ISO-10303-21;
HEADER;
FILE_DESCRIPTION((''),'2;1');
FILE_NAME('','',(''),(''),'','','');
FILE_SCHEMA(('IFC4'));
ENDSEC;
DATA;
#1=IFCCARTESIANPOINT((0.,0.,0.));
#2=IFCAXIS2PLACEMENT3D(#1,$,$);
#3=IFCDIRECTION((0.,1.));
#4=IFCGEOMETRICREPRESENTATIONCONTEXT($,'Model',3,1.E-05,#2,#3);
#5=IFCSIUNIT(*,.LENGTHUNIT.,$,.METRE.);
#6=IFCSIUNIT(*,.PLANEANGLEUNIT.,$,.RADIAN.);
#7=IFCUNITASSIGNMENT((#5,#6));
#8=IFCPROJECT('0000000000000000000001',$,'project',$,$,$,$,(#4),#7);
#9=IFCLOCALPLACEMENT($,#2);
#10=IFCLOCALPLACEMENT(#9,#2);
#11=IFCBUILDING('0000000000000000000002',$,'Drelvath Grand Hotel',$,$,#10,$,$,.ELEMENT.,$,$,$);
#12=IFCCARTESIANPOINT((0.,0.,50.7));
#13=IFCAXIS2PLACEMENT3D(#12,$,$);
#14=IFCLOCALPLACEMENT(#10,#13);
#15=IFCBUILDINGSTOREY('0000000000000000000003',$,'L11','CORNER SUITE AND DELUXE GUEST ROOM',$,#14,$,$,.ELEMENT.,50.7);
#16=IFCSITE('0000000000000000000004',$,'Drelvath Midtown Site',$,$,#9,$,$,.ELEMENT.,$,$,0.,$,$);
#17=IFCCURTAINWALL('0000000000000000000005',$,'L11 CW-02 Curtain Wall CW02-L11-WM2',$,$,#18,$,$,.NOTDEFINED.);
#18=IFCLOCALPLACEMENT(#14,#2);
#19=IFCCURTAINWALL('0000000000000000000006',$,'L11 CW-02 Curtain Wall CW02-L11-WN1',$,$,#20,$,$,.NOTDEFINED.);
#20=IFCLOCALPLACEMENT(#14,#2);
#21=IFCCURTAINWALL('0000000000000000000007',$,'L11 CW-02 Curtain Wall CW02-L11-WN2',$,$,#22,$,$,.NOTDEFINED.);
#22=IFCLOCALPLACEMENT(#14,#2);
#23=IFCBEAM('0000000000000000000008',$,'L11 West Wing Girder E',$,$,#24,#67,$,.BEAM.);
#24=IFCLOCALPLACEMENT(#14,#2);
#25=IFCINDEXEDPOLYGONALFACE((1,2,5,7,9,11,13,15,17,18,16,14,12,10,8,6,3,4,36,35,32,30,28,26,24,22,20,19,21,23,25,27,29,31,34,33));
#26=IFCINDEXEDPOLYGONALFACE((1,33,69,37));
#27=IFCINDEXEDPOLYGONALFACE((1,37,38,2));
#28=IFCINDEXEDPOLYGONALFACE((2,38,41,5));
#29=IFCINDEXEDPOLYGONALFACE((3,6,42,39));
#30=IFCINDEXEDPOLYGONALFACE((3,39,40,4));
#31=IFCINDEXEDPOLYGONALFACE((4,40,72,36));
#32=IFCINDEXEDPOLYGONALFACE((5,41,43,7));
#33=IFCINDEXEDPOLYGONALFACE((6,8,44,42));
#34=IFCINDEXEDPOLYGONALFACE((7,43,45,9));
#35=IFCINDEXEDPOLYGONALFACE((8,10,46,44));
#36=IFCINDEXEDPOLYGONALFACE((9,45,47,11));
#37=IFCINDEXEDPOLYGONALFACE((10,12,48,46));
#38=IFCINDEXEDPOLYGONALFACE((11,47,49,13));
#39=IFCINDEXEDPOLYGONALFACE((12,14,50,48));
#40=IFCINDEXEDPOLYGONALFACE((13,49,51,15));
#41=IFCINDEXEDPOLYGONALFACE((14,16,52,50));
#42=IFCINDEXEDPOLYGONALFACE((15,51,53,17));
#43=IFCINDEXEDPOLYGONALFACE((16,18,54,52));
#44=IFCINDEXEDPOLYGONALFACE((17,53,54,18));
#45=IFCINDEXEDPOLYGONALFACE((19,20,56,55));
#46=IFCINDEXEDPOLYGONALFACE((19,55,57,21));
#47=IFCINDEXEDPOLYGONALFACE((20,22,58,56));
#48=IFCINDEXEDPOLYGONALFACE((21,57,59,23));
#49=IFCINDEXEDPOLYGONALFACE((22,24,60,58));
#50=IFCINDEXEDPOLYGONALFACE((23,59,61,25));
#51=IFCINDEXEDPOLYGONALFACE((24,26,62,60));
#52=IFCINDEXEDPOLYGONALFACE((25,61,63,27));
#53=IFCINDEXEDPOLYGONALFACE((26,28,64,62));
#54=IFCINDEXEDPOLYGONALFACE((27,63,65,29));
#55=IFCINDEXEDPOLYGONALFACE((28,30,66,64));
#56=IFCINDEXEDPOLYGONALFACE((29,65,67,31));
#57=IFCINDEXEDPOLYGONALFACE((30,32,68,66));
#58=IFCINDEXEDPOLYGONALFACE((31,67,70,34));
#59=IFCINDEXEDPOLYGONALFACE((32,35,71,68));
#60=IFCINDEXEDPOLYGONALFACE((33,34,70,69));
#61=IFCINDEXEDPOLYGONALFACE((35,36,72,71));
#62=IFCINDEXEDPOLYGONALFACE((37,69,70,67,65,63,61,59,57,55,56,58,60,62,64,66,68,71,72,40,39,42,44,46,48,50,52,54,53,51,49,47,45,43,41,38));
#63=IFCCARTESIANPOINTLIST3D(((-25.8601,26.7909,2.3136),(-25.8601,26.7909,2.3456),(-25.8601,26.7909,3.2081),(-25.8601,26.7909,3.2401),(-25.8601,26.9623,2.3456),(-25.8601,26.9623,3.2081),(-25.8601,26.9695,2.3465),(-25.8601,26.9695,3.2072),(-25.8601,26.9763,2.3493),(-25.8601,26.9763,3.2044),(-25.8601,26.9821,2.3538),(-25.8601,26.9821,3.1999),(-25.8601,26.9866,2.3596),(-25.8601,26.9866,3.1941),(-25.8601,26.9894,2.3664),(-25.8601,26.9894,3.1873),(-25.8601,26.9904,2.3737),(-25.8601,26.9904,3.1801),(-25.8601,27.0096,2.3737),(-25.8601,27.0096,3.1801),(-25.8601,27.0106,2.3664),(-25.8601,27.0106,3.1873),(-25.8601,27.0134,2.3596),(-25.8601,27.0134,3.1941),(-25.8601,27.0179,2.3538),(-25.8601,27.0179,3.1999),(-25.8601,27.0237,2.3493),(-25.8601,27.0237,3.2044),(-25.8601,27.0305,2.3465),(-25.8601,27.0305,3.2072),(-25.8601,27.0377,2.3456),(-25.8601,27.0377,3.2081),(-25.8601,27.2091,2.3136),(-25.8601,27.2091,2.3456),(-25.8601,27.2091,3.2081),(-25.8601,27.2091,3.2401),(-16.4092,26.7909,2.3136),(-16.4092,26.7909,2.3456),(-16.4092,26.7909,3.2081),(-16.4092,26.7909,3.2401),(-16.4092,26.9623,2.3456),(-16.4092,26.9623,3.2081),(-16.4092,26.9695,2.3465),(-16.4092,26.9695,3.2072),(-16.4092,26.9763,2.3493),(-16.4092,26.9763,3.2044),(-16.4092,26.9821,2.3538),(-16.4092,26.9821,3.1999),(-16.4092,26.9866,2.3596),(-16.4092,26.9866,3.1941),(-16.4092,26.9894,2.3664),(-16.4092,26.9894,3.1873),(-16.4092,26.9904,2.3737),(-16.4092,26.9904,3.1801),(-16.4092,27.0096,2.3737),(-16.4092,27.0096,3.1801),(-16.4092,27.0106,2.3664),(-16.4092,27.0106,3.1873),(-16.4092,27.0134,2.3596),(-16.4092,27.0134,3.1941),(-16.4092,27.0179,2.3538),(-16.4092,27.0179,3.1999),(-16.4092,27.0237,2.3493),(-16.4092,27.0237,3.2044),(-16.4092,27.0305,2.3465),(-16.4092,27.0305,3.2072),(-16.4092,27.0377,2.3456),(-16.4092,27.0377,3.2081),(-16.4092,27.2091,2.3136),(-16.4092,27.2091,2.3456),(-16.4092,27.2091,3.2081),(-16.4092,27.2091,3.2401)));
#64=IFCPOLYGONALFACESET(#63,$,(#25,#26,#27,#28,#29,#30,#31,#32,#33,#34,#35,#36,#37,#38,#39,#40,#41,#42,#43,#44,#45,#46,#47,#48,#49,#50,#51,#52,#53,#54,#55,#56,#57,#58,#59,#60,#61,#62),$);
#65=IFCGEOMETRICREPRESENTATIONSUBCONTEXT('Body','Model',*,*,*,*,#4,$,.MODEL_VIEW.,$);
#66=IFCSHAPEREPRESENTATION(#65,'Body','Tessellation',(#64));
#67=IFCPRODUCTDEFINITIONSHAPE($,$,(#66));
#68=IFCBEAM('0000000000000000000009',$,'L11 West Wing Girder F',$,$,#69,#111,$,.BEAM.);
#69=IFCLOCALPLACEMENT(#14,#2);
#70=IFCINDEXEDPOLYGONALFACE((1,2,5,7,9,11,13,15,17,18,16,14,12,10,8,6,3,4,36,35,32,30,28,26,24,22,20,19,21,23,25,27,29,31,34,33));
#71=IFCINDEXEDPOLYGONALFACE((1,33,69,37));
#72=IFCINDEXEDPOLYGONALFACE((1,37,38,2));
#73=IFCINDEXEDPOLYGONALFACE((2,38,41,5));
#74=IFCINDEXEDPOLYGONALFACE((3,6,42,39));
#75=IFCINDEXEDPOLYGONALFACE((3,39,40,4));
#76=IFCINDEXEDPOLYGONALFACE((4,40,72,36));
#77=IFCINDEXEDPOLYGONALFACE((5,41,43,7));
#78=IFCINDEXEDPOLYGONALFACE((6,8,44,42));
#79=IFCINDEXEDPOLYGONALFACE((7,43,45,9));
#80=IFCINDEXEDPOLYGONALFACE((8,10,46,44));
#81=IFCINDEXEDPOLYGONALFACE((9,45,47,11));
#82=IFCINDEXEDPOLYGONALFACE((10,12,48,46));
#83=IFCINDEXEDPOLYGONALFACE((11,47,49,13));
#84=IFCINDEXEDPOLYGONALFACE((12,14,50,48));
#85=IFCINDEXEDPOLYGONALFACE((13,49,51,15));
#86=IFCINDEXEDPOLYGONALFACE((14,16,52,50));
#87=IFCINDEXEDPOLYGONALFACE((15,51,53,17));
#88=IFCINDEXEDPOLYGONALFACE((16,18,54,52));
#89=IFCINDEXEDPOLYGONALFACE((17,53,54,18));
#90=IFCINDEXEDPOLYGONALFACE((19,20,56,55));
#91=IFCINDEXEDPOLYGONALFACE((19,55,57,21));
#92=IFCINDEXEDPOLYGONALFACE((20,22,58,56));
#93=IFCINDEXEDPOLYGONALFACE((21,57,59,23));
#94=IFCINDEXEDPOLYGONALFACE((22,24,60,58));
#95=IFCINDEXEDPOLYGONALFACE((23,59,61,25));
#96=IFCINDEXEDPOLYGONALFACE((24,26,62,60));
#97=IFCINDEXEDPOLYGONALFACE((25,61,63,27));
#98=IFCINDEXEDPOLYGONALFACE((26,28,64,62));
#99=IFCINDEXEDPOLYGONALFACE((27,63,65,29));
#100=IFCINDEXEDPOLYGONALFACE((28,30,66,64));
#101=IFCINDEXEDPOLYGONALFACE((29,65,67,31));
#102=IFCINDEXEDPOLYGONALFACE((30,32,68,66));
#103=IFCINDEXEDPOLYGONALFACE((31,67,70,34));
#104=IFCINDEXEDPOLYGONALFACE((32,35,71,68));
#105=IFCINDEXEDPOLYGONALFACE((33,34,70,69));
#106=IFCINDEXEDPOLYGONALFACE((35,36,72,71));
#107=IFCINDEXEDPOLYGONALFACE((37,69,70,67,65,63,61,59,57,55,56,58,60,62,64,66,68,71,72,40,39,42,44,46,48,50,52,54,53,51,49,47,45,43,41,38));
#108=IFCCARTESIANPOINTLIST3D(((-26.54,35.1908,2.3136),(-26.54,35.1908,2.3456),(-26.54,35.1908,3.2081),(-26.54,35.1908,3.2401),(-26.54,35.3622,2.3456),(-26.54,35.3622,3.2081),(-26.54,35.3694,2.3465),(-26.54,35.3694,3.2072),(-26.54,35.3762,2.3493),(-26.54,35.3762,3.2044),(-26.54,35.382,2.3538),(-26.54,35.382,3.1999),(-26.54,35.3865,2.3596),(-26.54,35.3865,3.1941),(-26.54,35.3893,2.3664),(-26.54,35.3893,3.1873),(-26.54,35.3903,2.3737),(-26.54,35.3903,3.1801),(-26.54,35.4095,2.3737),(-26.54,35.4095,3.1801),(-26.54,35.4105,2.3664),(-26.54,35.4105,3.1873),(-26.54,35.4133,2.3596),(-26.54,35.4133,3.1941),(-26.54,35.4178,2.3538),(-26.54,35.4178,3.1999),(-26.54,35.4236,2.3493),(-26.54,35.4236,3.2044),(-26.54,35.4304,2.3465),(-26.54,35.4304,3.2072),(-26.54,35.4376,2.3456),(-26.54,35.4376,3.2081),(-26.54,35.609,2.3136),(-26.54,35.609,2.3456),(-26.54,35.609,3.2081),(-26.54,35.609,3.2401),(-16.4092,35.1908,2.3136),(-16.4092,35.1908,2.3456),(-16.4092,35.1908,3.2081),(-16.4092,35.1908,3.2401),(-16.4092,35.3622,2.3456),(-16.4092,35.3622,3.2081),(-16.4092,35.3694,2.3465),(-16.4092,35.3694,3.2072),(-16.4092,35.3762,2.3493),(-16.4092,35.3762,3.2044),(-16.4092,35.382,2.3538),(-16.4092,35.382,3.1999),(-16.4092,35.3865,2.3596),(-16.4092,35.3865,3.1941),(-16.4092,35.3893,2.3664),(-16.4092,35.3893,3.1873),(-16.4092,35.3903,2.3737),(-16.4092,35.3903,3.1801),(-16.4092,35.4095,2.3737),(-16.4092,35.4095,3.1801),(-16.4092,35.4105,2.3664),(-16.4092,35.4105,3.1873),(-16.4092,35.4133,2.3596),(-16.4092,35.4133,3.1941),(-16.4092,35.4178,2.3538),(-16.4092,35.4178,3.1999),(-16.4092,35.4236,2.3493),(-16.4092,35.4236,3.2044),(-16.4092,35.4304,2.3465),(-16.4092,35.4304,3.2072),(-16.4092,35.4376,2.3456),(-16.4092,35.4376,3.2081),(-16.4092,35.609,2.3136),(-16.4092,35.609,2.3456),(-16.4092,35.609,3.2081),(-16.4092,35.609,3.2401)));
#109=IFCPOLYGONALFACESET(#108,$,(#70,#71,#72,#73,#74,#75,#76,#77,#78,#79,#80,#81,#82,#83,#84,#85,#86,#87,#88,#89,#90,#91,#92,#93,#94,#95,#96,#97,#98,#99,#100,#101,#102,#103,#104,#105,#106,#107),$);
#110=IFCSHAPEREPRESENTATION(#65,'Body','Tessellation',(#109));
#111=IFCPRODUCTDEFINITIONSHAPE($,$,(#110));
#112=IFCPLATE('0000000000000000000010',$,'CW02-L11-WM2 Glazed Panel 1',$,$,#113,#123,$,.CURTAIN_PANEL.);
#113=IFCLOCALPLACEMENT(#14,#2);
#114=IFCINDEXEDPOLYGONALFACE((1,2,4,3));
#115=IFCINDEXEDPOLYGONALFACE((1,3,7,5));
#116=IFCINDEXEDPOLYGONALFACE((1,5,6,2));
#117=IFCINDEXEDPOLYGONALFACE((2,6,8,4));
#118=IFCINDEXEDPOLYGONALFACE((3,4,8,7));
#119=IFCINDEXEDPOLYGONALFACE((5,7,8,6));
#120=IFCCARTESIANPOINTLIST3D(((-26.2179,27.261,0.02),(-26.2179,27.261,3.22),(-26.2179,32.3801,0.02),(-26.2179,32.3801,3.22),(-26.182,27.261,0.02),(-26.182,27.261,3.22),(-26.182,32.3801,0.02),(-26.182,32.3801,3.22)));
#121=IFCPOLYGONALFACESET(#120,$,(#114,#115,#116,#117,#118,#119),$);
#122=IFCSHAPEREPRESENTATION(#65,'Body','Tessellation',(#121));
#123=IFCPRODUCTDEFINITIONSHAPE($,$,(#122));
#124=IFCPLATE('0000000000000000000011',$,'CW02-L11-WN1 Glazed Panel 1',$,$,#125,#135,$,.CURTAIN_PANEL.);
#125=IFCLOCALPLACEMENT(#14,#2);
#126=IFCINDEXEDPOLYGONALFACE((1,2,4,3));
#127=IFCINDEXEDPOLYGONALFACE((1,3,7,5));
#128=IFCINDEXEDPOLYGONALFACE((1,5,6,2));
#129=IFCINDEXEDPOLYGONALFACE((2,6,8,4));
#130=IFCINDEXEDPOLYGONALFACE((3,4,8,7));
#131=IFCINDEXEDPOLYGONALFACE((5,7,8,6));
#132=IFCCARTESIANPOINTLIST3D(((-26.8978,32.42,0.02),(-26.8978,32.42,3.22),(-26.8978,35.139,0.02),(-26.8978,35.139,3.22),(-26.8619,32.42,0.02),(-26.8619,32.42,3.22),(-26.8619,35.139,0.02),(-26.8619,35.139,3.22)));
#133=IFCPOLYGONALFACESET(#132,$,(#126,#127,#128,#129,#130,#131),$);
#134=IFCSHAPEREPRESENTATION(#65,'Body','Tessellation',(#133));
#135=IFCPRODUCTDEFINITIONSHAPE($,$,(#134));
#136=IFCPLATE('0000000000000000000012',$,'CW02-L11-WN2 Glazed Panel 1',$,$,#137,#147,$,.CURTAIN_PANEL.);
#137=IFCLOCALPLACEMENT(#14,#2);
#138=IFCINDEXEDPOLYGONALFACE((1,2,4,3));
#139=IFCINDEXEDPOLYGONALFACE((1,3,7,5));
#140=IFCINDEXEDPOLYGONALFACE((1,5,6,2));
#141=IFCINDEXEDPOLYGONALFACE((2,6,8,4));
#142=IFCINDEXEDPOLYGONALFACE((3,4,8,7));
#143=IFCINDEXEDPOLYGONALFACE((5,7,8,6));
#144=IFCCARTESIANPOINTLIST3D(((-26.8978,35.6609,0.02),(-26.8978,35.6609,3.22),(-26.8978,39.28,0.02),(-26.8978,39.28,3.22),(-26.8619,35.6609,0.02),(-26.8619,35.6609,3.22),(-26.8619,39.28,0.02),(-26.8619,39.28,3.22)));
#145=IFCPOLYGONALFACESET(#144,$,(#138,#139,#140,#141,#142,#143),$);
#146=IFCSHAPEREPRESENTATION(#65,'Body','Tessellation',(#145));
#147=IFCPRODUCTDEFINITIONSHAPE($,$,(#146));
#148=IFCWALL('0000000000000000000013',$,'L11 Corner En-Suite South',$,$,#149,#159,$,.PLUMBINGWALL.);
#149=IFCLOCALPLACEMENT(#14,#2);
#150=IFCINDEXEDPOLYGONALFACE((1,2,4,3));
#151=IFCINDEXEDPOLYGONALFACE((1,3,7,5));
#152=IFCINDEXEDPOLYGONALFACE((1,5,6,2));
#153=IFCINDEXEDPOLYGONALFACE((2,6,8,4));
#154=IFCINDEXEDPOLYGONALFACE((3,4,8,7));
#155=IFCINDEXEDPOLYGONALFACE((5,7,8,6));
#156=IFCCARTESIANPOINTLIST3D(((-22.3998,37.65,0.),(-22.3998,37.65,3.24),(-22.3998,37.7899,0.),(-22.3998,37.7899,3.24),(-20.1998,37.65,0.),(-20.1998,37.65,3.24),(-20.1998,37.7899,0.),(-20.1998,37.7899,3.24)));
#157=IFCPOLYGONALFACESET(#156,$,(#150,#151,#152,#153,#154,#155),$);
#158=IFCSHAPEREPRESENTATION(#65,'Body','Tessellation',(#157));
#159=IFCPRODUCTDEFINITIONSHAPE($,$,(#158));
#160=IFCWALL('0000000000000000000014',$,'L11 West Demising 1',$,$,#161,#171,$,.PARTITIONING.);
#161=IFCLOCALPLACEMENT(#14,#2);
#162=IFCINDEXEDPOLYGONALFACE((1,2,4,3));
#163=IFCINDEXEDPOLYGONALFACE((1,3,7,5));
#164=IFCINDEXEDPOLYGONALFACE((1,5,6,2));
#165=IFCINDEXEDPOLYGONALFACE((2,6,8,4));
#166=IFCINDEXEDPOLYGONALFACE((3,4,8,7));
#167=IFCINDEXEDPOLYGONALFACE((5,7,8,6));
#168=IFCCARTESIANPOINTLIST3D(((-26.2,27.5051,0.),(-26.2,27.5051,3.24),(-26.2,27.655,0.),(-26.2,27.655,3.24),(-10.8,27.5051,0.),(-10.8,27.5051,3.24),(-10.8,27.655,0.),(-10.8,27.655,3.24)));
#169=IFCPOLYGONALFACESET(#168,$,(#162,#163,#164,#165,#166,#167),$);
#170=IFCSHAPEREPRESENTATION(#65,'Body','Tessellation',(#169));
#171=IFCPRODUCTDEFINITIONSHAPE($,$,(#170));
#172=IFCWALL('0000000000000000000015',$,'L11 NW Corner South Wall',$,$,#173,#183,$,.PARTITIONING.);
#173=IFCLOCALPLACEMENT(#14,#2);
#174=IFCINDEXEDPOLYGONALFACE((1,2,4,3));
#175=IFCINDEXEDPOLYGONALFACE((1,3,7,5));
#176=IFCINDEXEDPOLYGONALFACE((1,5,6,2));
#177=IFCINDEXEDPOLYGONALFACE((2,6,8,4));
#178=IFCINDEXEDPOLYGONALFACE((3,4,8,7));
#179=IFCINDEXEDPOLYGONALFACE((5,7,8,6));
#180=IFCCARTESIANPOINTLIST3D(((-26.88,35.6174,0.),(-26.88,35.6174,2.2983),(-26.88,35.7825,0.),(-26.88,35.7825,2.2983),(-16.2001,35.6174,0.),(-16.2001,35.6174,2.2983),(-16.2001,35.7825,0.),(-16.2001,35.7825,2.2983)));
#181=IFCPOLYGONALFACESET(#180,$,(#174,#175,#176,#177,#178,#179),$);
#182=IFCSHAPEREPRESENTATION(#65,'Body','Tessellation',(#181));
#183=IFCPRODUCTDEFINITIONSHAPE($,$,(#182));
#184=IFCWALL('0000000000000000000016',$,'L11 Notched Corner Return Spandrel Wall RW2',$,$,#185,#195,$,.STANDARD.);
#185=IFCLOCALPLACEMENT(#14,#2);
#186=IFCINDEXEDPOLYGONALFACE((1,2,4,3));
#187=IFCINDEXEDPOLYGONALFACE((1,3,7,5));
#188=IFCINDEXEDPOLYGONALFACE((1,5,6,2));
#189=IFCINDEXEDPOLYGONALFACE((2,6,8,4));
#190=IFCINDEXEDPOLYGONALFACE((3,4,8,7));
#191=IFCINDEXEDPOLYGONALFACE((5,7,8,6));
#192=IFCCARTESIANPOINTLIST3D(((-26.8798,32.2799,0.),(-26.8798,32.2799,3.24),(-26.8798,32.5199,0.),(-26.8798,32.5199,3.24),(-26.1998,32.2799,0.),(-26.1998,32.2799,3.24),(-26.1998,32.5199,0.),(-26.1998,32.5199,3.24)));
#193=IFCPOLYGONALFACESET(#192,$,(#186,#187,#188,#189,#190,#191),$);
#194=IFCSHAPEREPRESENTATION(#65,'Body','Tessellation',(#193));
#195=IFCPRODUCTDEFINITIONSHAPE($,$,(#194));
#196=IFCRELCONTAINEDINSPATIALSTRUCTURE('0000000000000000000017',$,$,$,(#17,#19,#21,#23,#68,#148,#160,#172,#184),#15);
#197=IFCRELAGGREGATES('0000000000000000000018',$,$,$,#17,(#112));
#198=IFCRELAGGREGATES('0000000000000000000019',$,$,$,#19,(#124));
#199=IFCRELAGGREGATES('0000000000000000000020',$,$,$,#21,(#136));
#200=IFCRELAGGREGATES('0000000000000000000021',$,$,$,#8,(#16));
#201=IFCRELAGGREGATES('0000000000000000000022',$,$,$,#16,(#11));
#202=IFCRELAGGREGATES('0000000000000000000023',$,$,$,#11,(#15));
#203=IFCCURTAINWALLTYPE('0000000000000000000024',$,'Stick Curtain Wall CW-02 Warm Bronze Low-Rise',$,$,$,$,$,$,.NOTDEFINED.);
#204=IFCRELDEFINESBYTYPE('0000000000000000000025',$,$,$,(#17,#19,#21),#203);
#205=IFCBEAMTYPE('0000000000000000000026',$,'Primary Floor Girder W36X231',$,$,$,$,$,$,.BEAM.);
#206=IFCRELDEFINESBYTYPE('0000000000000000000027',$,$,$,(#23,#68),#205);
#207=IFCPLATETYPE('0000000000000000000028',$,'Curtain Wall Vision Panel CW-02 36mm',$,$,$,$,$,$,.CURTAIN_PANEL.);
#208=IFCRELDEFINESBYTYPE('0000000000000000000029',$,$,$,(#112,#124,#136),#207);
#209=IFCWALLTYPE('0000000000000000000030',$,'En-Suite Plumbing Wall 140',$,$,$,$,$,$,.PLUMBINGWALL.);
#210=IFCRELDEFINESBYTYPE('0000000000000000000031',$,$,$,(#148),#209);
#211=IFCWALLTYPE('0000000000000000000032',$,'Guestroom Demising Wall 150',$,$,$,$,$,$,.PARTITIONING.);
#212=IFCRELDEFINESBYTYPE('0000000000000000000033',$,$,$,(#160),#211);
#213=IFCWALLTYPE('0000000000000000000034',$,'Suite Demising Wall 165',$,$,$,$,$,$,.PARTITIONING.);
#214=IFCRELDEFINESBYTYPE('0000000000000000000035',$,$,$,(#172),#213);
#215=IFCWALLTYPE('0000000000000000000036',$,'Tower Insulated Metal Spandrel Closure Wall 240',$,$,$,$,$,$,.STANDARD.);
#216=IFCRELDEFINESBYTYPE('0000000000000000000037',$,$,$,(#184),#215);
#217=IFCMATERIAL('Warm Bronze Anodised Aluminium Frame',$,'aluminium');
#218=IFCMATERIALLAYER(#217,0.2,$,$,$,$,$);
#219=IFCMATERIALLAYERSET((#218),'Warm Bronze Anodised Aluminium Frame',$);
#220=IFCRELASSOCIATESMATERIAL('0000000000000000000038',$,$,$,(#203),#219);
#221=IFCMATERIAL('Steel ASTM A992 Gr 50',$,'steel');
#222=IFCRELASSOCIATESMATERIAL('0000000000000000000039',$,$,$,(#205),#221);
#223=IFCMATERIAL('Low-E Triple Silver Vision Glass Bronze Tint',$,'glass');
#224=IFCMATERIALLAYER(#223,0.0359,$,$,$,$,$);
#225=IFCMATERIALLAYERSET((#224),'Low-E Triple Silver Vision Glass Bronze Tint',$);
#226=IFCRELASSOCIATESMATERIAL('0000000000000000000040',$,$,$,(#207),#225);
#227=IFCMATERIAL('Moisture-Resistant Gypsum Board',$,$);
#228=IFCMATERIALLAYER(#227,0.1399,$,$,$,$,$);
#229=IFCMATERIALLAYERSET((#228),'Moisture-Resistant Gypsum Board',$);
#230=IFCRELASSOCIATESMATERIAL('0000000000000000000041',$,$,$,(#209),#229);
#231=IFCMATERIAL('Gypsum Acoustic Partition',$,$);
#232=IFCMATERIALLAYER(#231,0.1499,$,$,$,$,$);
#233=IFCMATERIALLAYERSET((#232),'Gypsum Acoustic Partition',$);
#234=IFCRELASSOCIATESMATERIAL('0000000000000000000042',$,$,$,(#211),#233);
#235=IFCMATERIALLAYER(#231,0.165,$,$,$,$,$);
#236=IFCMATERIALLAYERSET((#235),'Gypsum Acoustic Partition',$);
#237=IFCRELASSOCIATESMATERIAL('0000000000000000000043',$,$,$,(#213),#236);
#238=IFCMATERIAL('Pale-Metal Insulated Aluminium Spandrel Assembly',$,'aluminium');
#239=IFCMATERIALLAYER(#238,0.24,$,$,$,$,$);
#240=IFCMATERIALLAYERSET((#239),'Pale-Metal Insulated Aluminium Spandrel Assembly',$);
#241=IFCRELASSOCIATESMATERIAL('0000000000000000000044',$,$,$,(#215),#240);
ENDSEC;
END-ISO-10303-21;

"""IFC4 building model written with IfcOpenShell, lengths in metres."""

from ifc_helpers import new_model, si_unit, direction, frame, frame_2d, origin, origin_2d, place, context, subcontext, project, spatial, rectangle, i_section, extrude, material, layer, layer_set, material_profile, profile_set, type_object, element, aggregate, save


model = new_model("IFC4")

# Units and contexts
model_context = context("Model", 3, precision=1e-05, world=origin(), true_north=direction((0.0, 1.0)))
body_context = subcontext(model_context, "Body", "Model", "MODEL_VIEW")
ifc_project = project(units=[si_unit("LENGTHUNIT", "METRE"), si_unit("PLANEANGLEUNIT", "RADIAN")], contexts=[model_context])

# Site, building, storey
site_placement = place(None, origin())
site = spatial("IfcSite", under=ifc_project, at=site_placement, Name="Drelvath Midtown Site", CompositionType="ELEMENT", RefElevation=0.0)
building_placement = place(site_placement, origin())
building = spatial("IfcBuilding", under=site, at=building_placement, Name="Drelvath Grand Hotel", CompositionType="ELEMENT")
storey_placement = place(building_placement, frame((0.0, 0.0, 50.7)))
storey = spatial("IfcBuildingStorey", under=building, at=storey_placement, Name="L11", Description="CORNER SUITE AND DELUXE GUEST ROOM", CompositionType="ELEMENT", Elevation=50.7)

# Curtain walls
ifc_material_1 = material(Name="Warm Bronze Anodised Aluminium Frame", Category="aluminium")
ifc_layer_1 = layer(ifc_material_1, 0.2)
ifc_layer_set_1 = layer_set([ifc_layer_1], Name="Warm Bronze Anodised Aluminium Frame")
curtain_wall_type = type_object("IfcCurtainWallType", Name="Stick Curtain Wall CW-02 Warm Bronze Low-Rise", PredefinedType="NOTDEFINED", material=ifc_layer_set_1)
curtain_wall_1_placement = place(storey_placement, origin())
curtain_wall_1 = element("IfcCurtainWall", 1, at=curtain_wall_1_placement, inside=storey, type_object=curtain_wall_type, Name="L11 CW-02 Curtain Wall CW02-L11-WM2", PredefinedType="NOTDEFINED")
curtain_wall_2_placement = place(storey_placement, origin())
curtain_wall_2 = element("IfcCurtainWall", 2, at=curtain_wall_2_placement, inside=storey, type_object=curtain_wall_type, Name="L11 CW-02 Curtain Wall CW02-L11-WN1", PredefinedType="NOTDEFINED")
curtain_wall_3_placement = place(storey_placement, origin())
curtain_wall_3 = element("IfcCurtainWall", 3, at=curtain_wall_3_placement, inside=storey, type_object=curtain_wall_type, Name="L11 CW-02 Curtain Wall CW02-L11-WN2", PredefinedType="NOTDEFINED")

# Beams
ifc_material_2 = material(Name="Steel ASTM A992 Gr 50", Category="steel")
ifc_material_profile_1 = material_profile(ifc_material_2, i_section(OverallWidth=0.4182, OverallDepth=0.9265, WebThickness=0.0193, FlangeThickness=0.032, FilletRadius=0.0281, at=origin_2d()), Name="W36X231")
ifc_profile_set_1 = profile_set([ifc_material_profile_1], Name="Steel ASTM A992 Gr 50")
beam_type_1 = type_object("IfcBeamType", Name="Primary Floor Girder W36X231", PredefinedType="BEAM", material=ifc_profile_set_1)
beam_1_placement = place(storey_placement, frame((-25.8601, 27.0, 2.7769), z_axis=(1.0, 0.0, 0.0), x_axis=(0.0, 1.0, 0.0)))
element("IfcBeam", 4, at=beam_1_placement, inside=storey, type_object=beam_type_1, Name="L11 West Wing Girder E", PredefinedType="BEAM", context=body_context, shape_type="SweptSolid", body=[
    extrude(i_section(OverallWidth=0.4182, OverallDepth=0.9265, WebThickness=0.0193, FlangeThickness=0.032, FilletRadius=0.0281, at=origin_2d()), origin(), (0.0, 0.0, 1.0), 9.4509),
])
beam_2_placement = place(storey_placement, frame((-26.54, 35.3999, 2.7769), z_axis=(1.0, 0.0, 0.0), x_axis=(0.0, 1.0, 0.0)))
element("IfcBeam", 5, at=beam_2_placement, inside=storey, type_object=beam_type_1, Name="L11 West Wing Girder F", PredefinedType="BEAM", context=body_context, shape_type="SweptSolid", body=[
    extrude(i_section(OverallWidth=0.4182, OverallDepth=0.9265, WebThickness=0.0193, FlangeThickness=0.032, FilletRadius=0.0281, at=origin_2d()), origin(), (0.0, 0.0, 1.0), 10.1309),
])

# Plates
ifc_material_3 = material(Name="Low-E Triple Silver Vision Glass Bronze Tint", Category="glass")
ifc_layer_2 = layer(ifc_material_3, 0.0359)
ifc_layer_set_2 = layer_set([ifc_layer_2], Name="Low-E Triple Silver Vision Glass Bronze Tint")
plate_type = type_object("IfcPlateType", Name="Curtain Wall Vision Panel CW-02 36mm", PredefinedType="CURTAIN_PANEL", material=ifc_layer_set_2)
plate_1_placement = place(storey_placement, frame((-26.2, 29.8206, 0.02), z_axis=(0.0, 0.0, 1.0), x_axis=(0.0, 1.0, 0.0)))
plate_1 = element("IfcPlate", 6, at=plate_1_placement, type_object=plate_type, Name="CW02-L11-WM2 Glazed Panel 1", PredefinedType="CURTAIN_PANEL", context=body_context, shape_type="SweptSolid", body=[
    extrude(rectangle(XDim=5.1191, YDim=0.0359, at=origin_2d()), origin(), (0.0, 0.0, 1.0), 3.2),
])
aggregate(curtain_wall_1, [plate_1])
plate_2_placement = place(storey_placement, frame((-26.8799, 33.7795, 0.02), z_axis=(0.0, 0.0, 1.0), x_axis=(0.0, 1.0, 0.0)))
plate_2 = element("IfcPlate", 7, at=plate_2_placement, type_object=plate_type, Name="CW02-L11-WN1 Glazed Panel 1", PredefinedType="CURTAIN_PANEL", context=body_context, shape_type="SweptSolid", body=[
    extrude(rectangle(XDim=2.719, YDim=0.0359, at=origin_2d()), origin(), (0.0, 0.0, 1.0), 3.2),
])
aggregate(curtain_wall_2, [plate_2])
plate_3_placement = place(storey_placement, frame((-26.8799, 37.4705, 0.02), z_axis=(0.0, 0.0, 1.0), x_axis=(0.0, 1.0, 0.0)))
plate_3 = element("IfcPlate", 8, at=plate_3_placement, type_object=plate_type, Name="CW02-L11-WN2 Glazed Panel 1", PredefinedType="CURTAIN_PANEL", context=body_context, shape_type="SweptSolid", body=[
    extrude(rectangle(XDim=3.6191, YDim=0.0359, at=origin_2d()), origin(), (0.0, 0.0, 1.0), 3.2),
])
aggregate(curtain_wall_3, [plate_3])

# Walls
ifc_material_4 = material(Name="Moisture-Resistant Gypsum Board")
ifc_layer_3 = layer(ifc_material_4, 0.1399)
ifc_layer_set_3 = layer_set([ifc_layer_3], Name="Moisture-Resistant Gypsum Board")
wall_type_1 = type_object("IfcWallType", Name="En-Suite Plumbing Wall 140", PredefinedType="PLUMBINGWALL", material=ifc_layer_set_3)
wall_1_placement = place(storey_placement, frame((-22.3999, 37.72, 0.0), z_axis=(0.0, 0.0, 1.0), x_axis=(1.0, 0.0, 0.0)))
element("IfcWall", 9, at=wall_1_placement, inside=storey, type_object=wall_type_1, Name="L11 Corner En-Suite South", PredefinedType="PLUMBINGWALL", context=body_context, shape_type="SweptSolid", body=[
    extrude(rectangle(XDim=2.2, YDim=0.1399, at=frame_2d((1.1001, 0.0))), origin(), (0.0, 0.0, 1.0), 3.24),
])
ifc_material_5 = material(Name="Gypsum Acoustic Partition")
ifc_layer_4 = layer(ifc_material_5, 0.1499)
ifc_layer_set_4 = layer_set([ifc_layer_4], Name="Gypsum Acoustic Partition")
wall_type_2 = type_object("IfcWallType", Name="Guestroom Demising Wall 150", PredefinedType="PARTITIONING", material=ifc_layer_set_4)
wall_2_placement = place(storey_placement, frame((-26.2, 27.5801, 0.0), z_axis=(0.0, 0.0, 1.0), x_axis=(1.0, 0.0, 0.0)))
element("IfcWall", 10, at=wall_2_placement, inside=storey, type_object=wall_type_2, Name="L11 West Demising 1", PredefinedType="PARTITIONING", context=body_context, shape_type="SweptSolid", body=[
    extrude(rectangle(XDim=15.3999, YDim=0.1499, at=frame_2d((7.7, 0.0))), origin(), (0.0, 0.0, 1.0), 3.24),
])
ifc_layer_5 = layer(ifc_material_5, 0.165)
ifc_layer_set_5 = layer_set([ifc_layer_5], Name="Gypsum Acoustic Partition")
wall_type_3 = type_object("IfcWallType", Name="Suite Demising Wall 165", PredefinedType="PARTITIONING", material=ifc_layer_set_5)
wall_3_placement = place(storey_placement, frame((-26.8799, 35.7, 0.0), z_axis=(0.0, 0.0, 1.0), x_axis=(1.0, 0.0, 0.0)))
element("IfcWall", 11, at=wall_3_placement, inside=storey, type_object=wall_type_3, Name="L11 NW Corner South Wall", PredefinedType="PARTITIONING", context=body_context, shape_type="SweptSolid", body=[
    extrude(rectangle(XDim=10.6799, YDim=0.165, at=frame_2d((5.3398, 0.0))), origin(), (0.0, 0.0, 1.0), 2.2983),
])
ifc_material_6 = material(Name="Pale-Metal Insulated Aluminium Spandrel Assembly", Category="aluminium")
ifc_layer_6 = layer(ifc_material_6, 0.24)
ifc_layer_set_6 = layer_set([ifc_layer_6], Name="Pale-Metal Insulated Aluminium Spandrel Assembly")
wall_type_4 = type_object("IfcWallType", Name="Tower Insulated Metal Spandrel Closure Wall 240", PredefinedType="STANDARD", material=ifc_layer_set_6)
wall_4_placement = place(storey_placement, frame((-26.2, 32.3999, 0.0), z_axis=(0.0, 0.0, 1.0), x_axis=(-1.0, 0.0, 0.0)))
element("IfcWall", 12, at=wall_4_placement, inside=storey, type_object=wall_type_4, Name="L11 Notched Corner Return Spandrel Wall RW2", PredefinedType="STANDARD", context=body_context, shape_type="SweptSolid", body=[
    extrude(rectangle(XDim=0.6799, YDim=0.24, at=frame_2d((0.3398, 0.0))), origin(), (0.0, 0.0, 1.0), 3.24),
])

save(model, "model.ifc")
